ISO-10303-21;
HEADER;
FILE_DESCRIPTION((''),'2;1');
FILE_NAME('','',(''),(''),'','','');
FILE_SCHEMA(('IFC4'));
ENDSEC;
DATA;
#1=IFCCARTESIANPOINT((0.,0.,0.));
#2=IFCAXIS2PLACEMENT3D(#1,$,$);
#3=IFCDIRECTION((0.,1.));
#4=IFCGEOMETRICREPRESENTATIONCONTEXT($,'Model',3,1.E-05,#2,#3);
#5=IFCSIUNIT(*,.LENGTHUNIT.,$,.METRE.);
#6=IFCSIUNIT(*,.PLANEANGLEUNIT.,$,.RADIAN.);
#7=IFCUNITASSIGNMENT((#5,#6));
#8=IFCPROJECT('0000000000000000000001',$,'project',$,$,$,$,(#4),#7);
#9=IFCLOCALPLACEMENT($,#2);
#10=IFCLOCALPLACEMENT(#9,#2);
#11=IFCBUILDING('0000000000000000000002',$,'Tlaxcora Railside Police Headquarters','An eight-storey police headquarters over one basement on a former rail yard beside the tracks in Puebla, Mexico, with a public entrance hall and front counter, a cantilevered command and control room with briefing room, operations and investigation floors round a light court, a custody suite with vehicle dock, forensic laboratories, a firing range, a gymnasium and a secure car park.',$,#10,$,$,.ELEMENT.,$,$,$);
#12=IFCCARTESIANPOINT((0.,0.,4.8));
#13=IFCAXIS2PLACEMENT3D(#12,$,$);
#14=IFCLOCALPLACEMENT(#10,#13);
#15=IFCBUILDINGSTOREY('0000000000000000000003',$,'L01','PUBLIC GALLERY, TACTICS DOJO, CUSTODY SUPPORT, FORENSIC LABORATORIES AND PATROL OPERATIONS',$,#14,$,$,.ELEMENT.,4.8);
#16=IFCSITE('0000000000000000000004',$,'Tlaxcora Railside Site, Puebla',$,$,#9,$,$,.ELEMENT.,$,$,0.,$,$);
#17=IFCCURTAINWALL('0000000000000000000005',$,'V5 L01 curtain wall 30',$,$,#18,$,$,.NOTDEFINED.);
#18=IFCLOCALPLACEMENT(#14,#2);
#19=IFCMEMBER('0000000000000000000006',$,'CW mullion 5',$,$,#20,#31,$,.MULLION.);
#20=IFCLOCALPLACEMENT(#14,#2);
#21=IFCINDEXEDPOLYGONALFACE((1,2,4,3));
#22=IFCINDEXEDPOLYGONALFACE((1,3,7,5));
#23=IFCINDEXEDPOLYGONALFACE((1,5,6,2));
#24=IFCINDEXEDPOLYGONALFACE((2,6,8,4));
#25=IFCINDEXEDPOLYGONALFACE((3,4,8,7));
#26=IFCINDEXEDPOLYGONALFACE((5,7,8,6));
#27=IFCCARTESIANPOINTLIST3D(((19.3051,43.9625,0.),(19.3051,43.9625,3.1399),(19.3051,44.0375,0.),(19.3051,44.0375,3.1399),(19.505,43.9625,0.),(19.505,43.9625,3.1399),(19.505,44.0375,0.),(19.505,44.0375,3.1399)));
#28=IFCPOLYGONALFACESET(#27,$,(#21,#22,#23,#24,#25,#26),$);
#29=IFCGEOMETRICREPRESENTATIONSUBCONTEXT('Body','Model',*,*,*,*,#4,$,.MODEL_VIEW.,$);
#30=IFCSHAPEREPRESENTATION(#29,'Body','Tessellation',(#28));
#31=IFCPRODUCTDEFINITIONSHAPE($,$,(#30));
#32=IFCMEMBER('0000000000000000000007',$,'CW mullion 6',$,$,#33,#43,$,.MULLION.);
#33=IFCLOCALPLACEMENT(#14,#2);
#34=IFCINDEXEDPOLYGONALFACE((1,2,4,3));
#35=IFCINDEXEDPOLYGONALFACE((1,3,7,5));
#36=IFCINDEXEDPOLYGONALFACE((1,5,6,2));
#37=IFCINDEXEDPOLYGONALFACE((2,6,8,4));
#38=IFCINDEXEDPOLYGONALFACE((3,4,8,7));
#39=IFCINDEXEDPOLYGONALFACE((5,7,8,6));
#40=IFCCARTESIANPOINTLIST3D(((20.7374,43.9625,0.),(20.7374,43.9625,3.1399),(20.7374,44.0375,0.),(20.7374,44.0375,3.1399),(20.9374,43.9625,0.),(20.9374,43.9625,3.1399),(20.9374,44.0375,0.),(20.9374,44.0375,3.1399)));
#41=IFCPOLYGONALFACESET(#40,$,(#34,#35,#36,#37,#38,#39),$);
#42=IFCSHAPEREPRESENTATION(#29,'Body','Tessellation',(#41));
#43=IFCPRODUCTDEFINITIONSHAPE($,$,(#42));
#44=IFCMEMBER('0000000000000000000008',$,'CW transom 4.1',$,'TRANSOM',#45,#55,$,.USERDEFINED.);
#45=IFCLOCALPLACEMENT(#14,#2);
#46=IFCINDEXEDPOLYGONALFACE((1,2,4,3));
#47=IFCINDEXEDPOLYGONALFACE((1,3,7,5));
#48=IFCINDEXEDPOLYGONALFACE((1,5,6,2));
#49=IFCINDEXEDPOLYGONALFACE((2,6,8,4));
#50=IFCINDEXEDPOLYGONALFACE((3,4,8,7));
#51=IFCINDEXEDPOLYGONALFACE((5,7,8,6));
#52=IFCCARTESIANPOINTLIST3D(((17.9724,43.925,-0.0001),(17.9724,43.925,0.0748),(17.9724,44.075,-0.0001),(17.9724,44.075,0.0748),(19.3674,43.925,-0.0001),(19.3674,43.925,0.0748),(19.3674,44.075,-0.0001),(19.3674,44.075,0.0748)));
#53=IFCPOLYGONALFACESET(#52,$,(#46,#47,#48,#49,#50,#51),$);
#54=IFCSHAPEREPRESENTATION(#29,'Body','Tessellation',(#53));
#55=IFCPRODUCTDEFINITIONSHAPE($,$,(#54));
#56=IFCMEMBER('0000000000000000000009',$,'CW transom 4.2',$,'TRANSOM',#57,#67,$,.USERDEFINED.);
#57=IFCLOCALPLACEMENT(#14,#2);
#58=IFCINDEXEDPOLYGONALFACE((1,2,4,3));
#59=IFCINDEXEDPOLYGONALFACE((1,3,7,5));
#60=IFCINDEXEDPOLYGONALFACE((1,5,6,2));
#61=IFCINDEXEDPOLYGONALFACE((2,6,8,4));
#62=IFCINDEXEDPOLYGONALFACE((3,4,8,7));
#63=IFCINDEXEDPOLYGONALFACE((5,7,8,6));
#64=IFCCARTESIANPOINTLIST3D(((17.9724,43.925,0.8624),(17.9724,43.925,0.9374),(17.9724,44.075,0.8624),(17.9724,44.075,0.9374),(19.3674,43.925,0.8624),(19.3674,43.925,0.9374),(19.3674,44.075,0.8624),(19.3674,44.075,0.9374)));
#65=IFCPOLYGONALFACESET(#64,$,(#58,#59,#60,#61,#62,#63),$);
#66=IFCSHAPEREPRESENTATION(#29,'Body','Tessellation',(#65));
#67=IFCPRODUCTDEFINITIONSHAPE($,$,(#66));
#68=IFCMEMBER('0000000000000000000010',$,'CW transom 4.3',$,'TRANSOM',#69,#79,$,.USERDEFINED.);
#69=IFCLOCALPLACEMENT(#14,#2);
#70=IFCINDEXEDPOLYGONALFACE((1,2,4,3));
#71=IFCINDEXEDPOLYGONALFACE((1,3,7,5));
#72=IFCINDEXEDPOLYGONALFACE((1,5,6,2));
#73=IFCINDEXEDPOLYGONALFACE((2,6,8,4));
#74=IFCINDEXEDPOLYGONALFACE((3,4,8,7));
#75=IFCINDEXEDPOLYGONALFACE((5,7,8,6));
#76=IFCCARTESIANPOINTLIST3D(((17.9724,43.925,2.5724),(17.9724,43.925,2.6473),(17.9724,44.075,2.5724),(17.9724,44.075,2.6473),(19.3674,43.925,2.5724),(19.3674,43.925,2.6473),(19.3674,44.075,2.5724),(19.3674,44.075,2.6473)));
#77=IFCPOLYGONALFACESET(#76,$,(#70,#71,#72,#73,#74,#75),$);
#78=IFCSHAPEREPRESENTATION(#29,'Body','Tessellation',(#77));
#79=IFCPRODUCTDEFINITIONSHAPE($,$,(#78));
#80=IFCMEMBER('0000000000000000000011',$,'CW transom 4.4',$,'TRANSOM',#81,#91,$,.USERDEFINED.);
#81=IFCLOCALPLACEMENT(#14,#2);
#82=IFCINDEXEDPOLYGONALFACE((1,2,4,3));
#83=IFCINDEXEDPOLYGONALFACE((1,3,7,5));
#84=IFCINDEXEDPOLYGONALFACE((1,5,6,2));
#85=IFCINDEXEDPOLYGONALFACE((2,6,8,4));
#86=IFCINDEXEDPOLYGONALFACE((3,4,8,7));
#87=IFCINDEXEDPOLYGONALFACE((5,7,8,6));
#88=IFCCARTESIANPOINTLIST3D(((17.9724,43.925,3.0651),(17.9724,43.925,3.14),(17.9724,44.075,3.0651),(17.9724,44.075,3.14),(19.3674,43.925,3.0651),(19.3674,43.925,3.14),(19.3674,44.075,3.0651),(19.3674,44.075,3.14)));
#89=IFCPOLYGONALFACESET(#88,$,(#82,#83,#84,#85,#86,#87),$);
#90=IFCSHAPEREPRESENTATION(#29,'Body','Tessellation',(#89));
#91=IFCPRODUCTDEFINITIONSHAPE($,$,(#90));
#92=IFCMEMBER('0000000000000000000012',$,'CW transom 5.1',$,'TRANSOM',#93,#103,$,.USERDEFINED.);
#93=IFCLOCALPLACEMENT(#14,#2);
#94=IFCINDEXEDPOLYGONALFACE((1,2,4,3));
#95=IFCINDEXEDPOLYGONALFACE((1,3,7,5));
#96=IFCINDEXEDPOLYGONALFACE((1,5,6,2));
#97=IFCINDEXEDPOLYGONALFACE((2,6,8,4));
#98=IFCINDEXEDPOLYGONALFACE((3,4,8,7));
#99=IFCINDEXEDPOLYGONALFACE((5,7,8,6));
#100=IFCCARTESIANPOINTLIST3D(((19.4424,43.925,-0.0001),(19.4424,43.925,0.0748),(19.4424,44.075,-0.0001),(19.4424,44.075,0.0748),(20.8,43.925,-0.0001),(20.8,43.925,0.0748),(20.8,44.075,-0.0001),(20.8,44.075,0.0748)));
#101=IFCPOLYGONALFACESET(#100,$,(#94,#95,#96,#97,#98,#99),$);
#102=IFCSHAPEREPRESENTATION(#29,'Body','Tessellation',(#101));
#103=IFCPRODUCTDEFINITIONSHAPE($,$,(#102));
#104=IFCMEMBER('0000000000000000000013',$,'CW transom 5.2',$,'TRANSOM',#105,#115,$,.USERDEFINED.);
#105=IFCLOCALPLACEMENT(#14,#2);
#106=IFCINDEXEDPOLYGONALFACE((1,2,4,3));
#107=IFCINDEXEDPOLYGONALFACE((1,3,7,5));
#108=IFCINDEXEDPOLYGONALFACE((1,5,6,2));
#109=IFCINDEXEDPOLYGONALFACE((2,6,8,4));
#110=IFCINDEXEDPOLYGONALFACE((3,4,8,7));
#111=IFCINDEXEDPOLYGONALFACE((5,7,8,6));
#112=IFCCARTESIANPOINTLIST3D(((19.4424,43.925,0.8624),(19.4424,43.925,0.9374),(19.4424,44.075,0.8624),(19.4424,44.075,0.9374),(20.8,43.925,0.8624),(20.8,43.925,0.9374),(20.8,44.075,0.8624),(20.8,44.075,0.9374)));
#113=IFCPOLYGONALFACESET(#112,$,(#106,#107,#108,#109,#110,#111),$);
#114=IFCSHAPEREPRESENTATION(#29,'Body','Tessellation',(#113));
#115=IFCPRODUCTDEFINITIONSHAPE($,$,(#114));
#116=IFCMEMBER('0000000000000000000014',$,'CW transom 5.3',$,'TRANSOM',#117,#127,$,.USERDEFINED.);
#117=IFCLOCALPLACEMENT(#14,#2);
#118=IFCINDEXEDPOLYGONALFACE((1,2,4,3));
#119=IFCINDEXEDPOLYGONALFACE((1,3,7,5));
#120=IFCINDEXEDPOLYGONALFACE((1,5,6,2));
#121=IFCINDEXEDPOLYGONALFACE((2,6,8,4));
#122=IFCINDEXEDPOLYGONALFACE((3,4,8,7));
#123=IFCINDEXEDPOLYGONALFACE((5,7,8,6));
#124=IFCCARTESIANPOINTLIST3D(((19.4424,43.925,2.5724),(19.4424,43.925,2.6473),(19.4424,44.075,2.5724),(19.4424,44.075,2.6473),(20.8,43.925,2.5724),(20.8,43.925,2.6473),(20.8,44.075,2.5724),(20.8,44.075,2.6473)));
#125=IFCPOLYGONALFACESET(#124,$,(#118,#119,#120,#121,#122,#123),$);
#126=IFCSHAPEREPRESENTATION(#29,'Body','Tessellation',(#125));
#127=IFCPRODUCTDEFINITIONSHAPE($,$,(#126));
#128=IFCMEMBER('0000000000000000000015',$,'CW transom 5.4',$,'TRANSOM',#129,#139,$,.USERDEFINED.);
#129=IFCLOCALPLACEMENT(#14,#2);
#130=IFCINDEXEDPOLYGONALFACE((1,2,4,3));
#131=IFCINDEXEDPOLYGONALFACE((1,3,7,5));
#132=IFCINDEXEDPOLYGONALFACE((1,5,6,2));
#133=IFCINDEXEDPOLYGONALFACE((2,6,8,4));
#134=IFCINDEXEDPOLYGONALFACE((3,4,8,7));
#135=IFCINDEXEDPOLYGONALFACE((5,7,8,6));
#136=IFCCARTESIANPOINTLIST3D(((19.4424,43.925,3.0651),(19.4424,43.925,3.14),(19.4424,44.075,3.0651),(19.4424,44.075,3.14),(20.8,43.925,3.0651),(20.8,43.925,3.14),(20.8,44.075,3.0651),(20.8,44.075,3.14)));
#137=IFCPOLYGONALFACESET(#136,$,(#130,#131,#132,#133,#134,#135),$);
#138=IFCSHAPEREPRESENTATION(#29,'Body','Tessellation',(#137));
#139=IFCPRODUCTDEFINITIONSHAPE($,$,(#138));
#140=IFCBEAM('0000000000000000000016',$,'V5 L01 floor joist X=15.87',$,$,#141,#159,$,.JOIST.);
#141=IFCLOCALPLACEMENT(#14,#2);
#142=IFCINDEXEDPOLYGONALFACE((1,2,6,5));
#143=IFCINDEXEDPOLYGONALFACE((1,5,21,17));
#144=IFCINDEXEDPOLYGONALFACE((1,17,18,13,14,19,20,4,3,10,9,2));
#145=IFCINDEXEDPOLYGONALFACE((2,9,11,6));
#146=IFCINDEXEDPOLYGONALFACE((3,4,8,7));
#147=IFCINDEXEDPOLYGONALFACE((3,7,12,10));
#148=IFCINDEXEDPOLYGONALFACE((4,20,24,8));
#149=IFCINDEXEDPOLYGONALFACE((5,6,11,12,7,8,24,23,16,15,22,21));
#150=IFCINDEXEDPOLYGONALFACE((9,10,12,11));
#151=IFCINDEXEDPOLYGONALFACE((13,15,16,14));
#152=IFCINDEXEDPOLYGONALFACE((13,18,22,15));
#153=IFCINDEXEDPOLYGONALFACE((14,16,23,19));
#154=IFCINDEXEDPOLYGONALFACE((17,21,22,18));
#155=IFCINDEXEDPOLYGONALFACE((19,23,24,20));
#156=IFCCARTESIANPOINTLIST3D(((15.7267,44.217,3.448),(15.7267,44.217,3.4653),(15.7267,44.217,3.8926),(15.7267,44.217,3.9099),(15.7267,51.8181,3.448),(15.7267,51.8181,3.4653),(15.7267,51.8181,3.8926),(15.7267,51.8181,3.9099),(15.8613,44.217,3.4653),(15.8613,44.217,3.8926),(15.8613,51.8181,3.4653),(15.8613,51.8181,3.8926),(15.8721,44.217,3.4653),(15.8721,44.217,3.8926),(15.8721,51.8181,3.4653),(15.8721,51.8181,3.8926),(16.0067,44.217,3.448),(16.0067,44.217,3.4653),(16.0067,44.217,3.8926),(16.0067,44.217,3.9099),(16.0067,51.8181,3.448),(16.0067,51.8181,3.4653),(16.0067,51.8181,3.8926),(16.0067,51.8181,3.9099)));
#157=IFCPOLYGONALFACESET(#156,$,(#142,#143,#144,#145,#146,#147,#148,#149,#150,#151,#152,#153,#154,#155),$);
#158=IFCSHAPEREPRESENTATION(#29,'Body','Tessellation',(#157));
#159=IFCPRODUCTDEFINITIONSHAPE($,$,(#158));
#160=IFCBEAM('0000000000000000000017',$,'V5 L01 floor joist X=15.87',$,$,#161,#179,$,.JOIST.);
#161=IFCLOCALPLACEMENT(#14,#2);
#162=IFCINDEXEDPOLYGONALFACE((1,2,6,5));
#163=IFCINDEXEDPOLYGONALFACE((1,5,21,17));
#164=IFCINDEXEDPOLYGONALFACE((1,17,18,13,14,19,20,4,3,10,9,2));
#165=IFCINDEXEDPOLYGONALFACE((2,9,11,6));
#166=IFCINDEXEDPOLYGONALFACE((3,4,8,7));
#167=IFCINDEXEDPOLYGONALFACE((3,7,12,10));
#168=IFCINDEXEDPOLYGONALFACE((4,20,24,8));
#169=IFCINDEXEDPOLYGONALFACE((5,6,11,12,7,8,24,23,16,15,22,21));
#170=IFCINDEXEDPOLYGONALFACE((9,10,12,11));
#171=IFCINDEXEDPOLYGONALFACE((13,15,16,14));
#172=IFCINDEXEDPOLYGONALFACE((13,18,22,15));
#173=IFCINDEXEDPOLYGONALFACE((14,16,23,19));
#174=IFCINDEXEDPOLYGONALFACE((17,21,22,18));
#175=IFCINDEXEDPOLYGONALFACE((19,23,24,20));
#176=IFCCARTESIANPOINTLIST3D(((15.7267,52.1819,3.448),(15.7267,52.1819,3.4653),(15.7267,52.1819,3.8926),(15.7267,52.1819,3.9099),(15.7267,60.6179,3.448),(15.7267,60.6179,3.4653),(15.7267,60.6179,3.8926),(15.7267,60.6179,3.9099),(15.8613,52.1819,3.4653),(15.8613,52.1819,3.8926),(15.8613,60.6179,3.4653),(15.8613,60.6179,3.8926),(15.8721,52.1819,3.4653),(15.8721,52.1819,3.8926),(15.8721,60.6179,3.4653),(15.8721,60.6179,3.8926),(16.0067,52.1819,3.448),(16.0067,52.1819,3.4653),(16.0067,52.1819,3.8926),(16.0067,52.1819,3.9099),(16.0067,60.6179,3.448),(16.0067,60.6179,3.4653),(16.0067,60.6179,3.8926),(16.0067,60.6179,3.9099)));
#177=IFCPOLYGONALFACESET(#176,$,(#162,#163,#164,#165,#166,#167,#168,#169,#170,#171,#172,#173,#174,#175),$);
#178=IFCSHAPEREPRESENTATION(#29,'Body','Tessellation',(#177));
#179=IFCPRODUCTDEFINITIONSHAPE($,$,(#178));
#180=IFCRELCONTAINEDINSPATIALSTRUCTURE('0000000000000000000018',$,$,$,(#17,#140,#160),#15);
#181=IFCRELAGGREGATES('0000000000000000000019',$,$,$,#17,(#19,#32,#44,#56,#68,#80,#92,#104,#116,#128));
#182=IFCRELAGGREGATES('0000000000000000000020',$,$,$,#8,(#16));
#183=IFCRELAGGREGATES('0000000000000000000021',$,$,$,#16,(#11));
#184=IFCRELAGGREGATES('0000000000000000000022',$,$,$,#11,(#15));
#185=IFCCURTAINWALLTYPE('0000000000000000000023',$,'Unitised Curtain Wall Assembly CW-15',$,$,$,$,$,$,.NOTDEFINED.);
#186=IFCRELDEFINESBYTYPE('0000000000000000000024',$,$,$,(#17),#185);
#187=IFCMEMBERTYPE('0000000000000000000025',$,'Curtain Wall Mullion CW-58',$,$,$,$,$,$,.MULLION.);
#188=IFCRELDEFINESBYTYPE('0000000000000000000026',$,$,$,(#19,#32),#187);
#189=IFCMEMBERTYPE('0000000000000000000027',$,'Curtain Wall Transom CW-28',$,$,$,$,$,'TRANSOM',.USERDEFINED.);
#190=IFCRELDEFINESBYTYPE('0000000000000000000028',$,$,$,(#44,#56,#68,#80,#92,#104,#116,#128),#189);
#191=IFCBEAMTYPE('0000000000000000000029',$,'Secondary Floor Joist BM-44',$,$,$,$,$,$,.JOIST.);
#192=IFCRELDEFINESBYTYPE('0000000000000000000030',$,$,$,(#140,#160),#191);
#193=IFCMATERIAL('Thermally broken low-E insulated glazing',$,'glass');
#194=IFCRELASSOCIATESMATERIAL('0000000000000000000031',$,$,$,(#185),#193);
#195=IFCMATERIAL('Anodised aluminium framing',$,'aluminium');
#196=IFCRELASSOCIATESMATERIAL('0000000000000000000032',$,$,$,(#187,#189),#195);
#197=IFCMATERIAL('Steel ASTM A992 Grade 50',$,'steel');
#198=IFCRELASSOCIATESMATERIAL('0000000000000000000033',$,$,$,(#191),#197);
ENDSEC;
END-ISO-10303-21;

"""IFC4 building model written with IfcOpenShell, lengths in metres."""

from ifc_helpers import new_model, si_unit, direction, frame, origin, origin_2d, place, context, subcontext, project, spatial, rectangle, i_section, extrude, material, material_profile, profile_set, type_object, element, aggregate, save


model = new_model("IFC4")

# Units and contexts
model_context = context("Model", 3, precision=1e-05, world=origin(), true_north=direction((0.0, 1.0)))
body_context = subcontext(model_context, "Body", "Model", "MODEL_VIEW")
ifc_project = project(units=[si_unit("LENGTHUNIT", "METRE"), si_unit("PLANEANGLEUNIT", "RADIAN")], contexts=[model_context])

# Site, building, storey
site_placement = place(None, origin())
site = spatial("IfcSite", under=ifc_project, at=site_placement, Name="Tlaxcora Railside Site, Puebla", CompositionType="ELEMENT", RefElevation=0.0)
building_placement = place(site_placement, origin())
building = spatial("IfcBuilding", under=site, at=building_placement, Name="Tlaxcora Railside Police Headquarters", Description="An eight-storey police headquarters over one basement on a former rail yard beside the tracks in Puebla, Mexico, with a public entrance hall and front counter, a cantilevered command and control room with briefing room, operations and investigation floors round a light court, a custody suite with vehicle dock, forensic laboratories, a firing range, a gymnasium and a secure car park.", CompositionType="ELEMENT")
storey_placement = place(building_placement, frame((0.0, 0.0, 4.8)))
storey = spatial("IfcBuildingStorey", under=building, at=storey_placement, Name="L01", Description="PUBLIC GALLERY, TACTICS DOJO, CUSTODY SUPPORT, FORENSIC LABORATORIES AND PATROL OPERATIONS", CompositionType="ELEMENT", Elevation=4.8)

# Curtain wall, members
ifc_material_1 = material(Name="Thermally broken low-E insulated glazing", Category="glass")
curtain_wall_type = type_object("IfcCurtainWallType", Name="Unitised Curtain Wall Assembly CW-15", PredefinedType="NOTDEFINED", material=ifc_material_1)
curtain_wall_placement = place(storey_placement, origin())
curtain_wall = element("IfcCurtainWall", 1, at=curtain_wall_placement, inside=storey, type_object=curtain_wall_type, Name="V5 L01 curtain wall 30", PredefinedType="NOTDEFINED")
ifc_material_2 = material(Name="Anodised aluminium framing", Category="aluminium")
ifc_material_profile_1 = material_profile(ifc_material_2, rectangle(XDim=0.075, YDim=0.2, at=origin_2d()), Name="AL75X200")
ifc_profile_set_1 = profile_set([ifc_material_profile_1], Name="Anodised aluminium framing")
member_type_1 = type_object("IfcMemberType", Name="Curtain Wall Mullion CW-58", PredefinedType="MULLION", material=ifc_profile_set_1)
member_1_placement = place(storey_placement, frame((19.405, 44.0, 0.0), z_axis=(0.0, 0.0, 1.0), x_axis=(0.0, 1.0, 0.0)))
member_1 = element("IfcMember", 2, at=member_1_placement, type_object=member_type_1, Name="CW mullion 5", PredefinedType="MULLION", context=body_context, shape_type="SweptSolid", body=[
    extrude(rectangle(XDim=0.075, YDim=0.2, at=origin_2d()), origin(), (0.0, 0.0, 1.0), 3.1399),
])
member_2_placement = place(storey_placement, frame((20.8374, 44.0, 0.0), z_axis=(0.0, 0.0, 1.0), x_axis=(0.0, 1.0, 0.0)))
member_2 = element("IfcMember", 3, at=member_2_placement, type_object=member_type_1, Name="CW mullion 6", PredefinedType="MULLION", context=body_context, shape_type="SweptSolid", body=[
    extrude(rectangle(XDim=0.075, YDim=0.2, at=origin_2d()), origin(), (0.0, 0.0, 1.0), 3.1399),
])
ifc_material_profile_2 = material_profile(ifc_material_2, rectangle(XDim=0.1499, YDim=0.075, at=origin_2d()), Name="AL75X150")
ifc_profile_set_2 = profile_set([ifc_material_profile_2], Name="Anodised aluminium framing")
member_type_2 = type_object("IfcMemberType", Name="Curtain Wall Transom CW-28", ElementType="TRANSOM", PredefinedType="USERDEFINED", material=ifc_profile_set_2)
member_3_placement = place(storey_placement, frame((17.9724, 44.0, 0.0374), z_axis=(1.0, 0.0, 0.0), x_axis=(0.0, 1.0, 0.0)))
member_3 = element("IfcMember", 4, at=member_3_placement, type_object=member_type_2, Name="CW transom 4.1", ObjectType="TRANSOM", PredefinedType="USERDEFINED", context=body_context, shape_type="SweptSolid", body=[
    extrude(rectangle(XDim=0.1499, YDim=0.075, at=origin_2d()), origin(), (0.0, 0.0, 1.0), 1.395),
])
member_4_placement = place(storey_placement, frame((17.9724, 44.0, 0.8999), z_axis=(1.0, 0.0, 0.0), x_axis=(0.0, 1.0, 0.0)))
member_4 = element("IfcMember", 5, at=member_4_placement, type_object=member_type_2, Name="CW transom 4.2", ObjectType="TRANSOM", PredefinedType="USERDEFINED", context=body_context, shape_type="SweptSolid", body=[
    extrude(rectangle(XDim=0.1499, YDim=0.075, at=origin_2d()), origin(), (0.0, 0.0, 1.0), 1.395),
])
member_5_placement = place(storey_placement, frame((17.9724, 44.0, 2.6099), z_axis=(1.0, 0.0, 0.0), x_axis=(0.0, 1.0, 0.0)))
member_5 = element("IfcMember", 6, at=member_5_placement, type_object=member_type_2, Name="CW transom 4.3", ObjectType="TRANSOM", PredefinedType="USERDEFINED", context=body_context, shape_type="SweptSolid", body=[
    extrude(rectangle(XDim=0.1499, YDim=0.075, at=origin_2d()), origin(), (0.0, 0.0, 1.0), 1.395),
])
member_6_placement = place(storey_placement, frame((17.9724, 44.0, 3.1025), z_axis=(1.0, 0.0, 0.0), x_axis=(0.0, 1.0, 0.0)))
member_6 = element("IfcMember", 7, at=member_6_placement, type_object=member_type_2, Name="CW transom 4.4", ObjectType="TRANSOM", PredefinedType="USERDEFINED", context=body_context, shape_type="SweptSolid", body=[
    extrude(rectangle(XDim=0.1499, YDim=0.075, at=origin_2d()), origin(), (0.0, 0.0, 1.0), 1.395),
])
member_7_placement = place(storey_placement, frame((19.4424, 44.0, 0.0374), z_axis=(1.0, 0.0, 0.0), x_axis=(0.0, 1.0, 0.0)))
member_7 = element("IfcMember", 8, at=member_7_placement, type_object=member_type_2, Name="CW transom 5.1", ObjectType="TRANSOM", PredefinedType="USERDEFINED", context=body_context, shape_type="SweptSolid", body=[
    extrude(rectangle(XDim=0.1499, YDim=0.075, at=origin_2d()), origin(), (0.0, 0.0, 1.0), 1.3577),
])
member_8_placement = place(storey_placement, frame((19.4424, 44.0, 0.8999), z_axis=(1.0, 0.0, 0.0), x_axis=(0.0, 1.0, 0.0)))
member_8 = element("IfcMember", 9, at=member_8_placement, type_object=member_type_2, Name="CW transom 5.2", ObjectType="TRANSOM", PredefinedType="USERDEFINED", context=body_context, shape_type="SweptSolid", body=[
    extrude(rectangle(XDim=0.1499, YDim=0.075, at=origin_2d()), origin(), (0.0, 0.0, 1.0), 1.3577),
])
member_9_placement = place(storey_placement, frame((19.4424, 44.0, 2.6099), z_axis=(1.0, 0.0, 0.0), x_axis=(0.0, 1.0, 0.0)))
member_9 = element("IfcMember", 10, at=member_9_placement, type_object=member_type_2, Name="CW transom 5.3", ObjectType="TRANSOM", PredefinedType="USERDEFINED", context=body_context, shape_type="SweptSolid", body=[
    extrude(rectangle(XDim=0.1499, YDim=0.075, at=origin_2d()), origin(), (0.0, 0.0, 1.0), 1.3577),
])
member_10_placement = place(storey_placement, frame((19.4424, 44.0, 3.1025), z_axis=(1.0, 0.0, 0.0), x_axis=(0.0, 1.0, 0.0)))
member_10 = element("IfcMember", 11, at=member_10_placement, type_object=member_type_2, Name="CW transom 5.4", ObjectType="TRANSOM", PredefinedType="USERDEFINED", context=body_context, shape_type="SweptSolid", body=[
    extrude(rectangle(XDim=0.1499, YDim=0.075, at=origin_2d()), origin(), (0.0, 0.0, 1.0), 1.3577),
])

# Beams
ifc_material_3 = material(Name="Steel ASTM A992 Grade 50", Category="steel")
ifc_material_profile_3 = material_profile(ifc_material_3, i_section(OverallWidth=0.28, OverallDepth=0.4619, WebThickness=0.0107, FlangeThickness=0.0173, at=origin_2d()), Name="W18X76")
ifc_profile_set_3 = profile_set([ifc_material_profile_3], Name="Steel ASTM A992 Grade 50")
beam_type_1 = type_object("IfcBeamType", Name="Secondary Floor Joist BM-44", PredefinedType="JOIST", material=ifc_profile_set_3)
beam_1_placement = place(storey_placement, frame((15.8667, 44.217, 3.679), z_axis=(0.0, 1.0, 0.0), x_axis=(-1.0, 0.0, 0.0)))
element("IfcBeam", 12, at=beam_1_placement, inside=storey, type_object=beam_type_1, Name="V5 L01 floor joist X=15.87", PredefinedType="JOIST", context=body_context, shape_type="SweptSolid", body=[
    extrude(i_section(OverallWidth=0.28, OverallDepth=0.4619, WebThickness=0.0107, FlangeThickness=0.0173, at=origin_2d()), origin(), (0.0, 0.0, 1.0), 7.6011),
])
beam_2_placement = place(storey_placement, frame((15.8667, 52.1819, 3.679), z_axis=(0.0, 1.0, 0.0), x_axis=(-1.0, 0.0, 0.0)))
element("IfcBeam", 13, at=beam_2_placement, inside=storey, type_object=beam_type_1, Name="V5 L01 floor joist X=15.87", PredefinedType="JOIST", context=body_context, shape_type="SweptSolid", body=[
    extrude(i_section(OverallWidth=0.28, OverallDepth=0.4619, WebThickness=0.0107, FlangeThickness=0.0173, at=origin_2d()), origin(), (0.0, 0.0, 1.0), 8.436),
])

aggregate(curtain_wall, [member_1, member_2, member_3, member_4, member_5, member_6, member_7, member_8, member_9, member_10])

save(model, "model.ifc")
